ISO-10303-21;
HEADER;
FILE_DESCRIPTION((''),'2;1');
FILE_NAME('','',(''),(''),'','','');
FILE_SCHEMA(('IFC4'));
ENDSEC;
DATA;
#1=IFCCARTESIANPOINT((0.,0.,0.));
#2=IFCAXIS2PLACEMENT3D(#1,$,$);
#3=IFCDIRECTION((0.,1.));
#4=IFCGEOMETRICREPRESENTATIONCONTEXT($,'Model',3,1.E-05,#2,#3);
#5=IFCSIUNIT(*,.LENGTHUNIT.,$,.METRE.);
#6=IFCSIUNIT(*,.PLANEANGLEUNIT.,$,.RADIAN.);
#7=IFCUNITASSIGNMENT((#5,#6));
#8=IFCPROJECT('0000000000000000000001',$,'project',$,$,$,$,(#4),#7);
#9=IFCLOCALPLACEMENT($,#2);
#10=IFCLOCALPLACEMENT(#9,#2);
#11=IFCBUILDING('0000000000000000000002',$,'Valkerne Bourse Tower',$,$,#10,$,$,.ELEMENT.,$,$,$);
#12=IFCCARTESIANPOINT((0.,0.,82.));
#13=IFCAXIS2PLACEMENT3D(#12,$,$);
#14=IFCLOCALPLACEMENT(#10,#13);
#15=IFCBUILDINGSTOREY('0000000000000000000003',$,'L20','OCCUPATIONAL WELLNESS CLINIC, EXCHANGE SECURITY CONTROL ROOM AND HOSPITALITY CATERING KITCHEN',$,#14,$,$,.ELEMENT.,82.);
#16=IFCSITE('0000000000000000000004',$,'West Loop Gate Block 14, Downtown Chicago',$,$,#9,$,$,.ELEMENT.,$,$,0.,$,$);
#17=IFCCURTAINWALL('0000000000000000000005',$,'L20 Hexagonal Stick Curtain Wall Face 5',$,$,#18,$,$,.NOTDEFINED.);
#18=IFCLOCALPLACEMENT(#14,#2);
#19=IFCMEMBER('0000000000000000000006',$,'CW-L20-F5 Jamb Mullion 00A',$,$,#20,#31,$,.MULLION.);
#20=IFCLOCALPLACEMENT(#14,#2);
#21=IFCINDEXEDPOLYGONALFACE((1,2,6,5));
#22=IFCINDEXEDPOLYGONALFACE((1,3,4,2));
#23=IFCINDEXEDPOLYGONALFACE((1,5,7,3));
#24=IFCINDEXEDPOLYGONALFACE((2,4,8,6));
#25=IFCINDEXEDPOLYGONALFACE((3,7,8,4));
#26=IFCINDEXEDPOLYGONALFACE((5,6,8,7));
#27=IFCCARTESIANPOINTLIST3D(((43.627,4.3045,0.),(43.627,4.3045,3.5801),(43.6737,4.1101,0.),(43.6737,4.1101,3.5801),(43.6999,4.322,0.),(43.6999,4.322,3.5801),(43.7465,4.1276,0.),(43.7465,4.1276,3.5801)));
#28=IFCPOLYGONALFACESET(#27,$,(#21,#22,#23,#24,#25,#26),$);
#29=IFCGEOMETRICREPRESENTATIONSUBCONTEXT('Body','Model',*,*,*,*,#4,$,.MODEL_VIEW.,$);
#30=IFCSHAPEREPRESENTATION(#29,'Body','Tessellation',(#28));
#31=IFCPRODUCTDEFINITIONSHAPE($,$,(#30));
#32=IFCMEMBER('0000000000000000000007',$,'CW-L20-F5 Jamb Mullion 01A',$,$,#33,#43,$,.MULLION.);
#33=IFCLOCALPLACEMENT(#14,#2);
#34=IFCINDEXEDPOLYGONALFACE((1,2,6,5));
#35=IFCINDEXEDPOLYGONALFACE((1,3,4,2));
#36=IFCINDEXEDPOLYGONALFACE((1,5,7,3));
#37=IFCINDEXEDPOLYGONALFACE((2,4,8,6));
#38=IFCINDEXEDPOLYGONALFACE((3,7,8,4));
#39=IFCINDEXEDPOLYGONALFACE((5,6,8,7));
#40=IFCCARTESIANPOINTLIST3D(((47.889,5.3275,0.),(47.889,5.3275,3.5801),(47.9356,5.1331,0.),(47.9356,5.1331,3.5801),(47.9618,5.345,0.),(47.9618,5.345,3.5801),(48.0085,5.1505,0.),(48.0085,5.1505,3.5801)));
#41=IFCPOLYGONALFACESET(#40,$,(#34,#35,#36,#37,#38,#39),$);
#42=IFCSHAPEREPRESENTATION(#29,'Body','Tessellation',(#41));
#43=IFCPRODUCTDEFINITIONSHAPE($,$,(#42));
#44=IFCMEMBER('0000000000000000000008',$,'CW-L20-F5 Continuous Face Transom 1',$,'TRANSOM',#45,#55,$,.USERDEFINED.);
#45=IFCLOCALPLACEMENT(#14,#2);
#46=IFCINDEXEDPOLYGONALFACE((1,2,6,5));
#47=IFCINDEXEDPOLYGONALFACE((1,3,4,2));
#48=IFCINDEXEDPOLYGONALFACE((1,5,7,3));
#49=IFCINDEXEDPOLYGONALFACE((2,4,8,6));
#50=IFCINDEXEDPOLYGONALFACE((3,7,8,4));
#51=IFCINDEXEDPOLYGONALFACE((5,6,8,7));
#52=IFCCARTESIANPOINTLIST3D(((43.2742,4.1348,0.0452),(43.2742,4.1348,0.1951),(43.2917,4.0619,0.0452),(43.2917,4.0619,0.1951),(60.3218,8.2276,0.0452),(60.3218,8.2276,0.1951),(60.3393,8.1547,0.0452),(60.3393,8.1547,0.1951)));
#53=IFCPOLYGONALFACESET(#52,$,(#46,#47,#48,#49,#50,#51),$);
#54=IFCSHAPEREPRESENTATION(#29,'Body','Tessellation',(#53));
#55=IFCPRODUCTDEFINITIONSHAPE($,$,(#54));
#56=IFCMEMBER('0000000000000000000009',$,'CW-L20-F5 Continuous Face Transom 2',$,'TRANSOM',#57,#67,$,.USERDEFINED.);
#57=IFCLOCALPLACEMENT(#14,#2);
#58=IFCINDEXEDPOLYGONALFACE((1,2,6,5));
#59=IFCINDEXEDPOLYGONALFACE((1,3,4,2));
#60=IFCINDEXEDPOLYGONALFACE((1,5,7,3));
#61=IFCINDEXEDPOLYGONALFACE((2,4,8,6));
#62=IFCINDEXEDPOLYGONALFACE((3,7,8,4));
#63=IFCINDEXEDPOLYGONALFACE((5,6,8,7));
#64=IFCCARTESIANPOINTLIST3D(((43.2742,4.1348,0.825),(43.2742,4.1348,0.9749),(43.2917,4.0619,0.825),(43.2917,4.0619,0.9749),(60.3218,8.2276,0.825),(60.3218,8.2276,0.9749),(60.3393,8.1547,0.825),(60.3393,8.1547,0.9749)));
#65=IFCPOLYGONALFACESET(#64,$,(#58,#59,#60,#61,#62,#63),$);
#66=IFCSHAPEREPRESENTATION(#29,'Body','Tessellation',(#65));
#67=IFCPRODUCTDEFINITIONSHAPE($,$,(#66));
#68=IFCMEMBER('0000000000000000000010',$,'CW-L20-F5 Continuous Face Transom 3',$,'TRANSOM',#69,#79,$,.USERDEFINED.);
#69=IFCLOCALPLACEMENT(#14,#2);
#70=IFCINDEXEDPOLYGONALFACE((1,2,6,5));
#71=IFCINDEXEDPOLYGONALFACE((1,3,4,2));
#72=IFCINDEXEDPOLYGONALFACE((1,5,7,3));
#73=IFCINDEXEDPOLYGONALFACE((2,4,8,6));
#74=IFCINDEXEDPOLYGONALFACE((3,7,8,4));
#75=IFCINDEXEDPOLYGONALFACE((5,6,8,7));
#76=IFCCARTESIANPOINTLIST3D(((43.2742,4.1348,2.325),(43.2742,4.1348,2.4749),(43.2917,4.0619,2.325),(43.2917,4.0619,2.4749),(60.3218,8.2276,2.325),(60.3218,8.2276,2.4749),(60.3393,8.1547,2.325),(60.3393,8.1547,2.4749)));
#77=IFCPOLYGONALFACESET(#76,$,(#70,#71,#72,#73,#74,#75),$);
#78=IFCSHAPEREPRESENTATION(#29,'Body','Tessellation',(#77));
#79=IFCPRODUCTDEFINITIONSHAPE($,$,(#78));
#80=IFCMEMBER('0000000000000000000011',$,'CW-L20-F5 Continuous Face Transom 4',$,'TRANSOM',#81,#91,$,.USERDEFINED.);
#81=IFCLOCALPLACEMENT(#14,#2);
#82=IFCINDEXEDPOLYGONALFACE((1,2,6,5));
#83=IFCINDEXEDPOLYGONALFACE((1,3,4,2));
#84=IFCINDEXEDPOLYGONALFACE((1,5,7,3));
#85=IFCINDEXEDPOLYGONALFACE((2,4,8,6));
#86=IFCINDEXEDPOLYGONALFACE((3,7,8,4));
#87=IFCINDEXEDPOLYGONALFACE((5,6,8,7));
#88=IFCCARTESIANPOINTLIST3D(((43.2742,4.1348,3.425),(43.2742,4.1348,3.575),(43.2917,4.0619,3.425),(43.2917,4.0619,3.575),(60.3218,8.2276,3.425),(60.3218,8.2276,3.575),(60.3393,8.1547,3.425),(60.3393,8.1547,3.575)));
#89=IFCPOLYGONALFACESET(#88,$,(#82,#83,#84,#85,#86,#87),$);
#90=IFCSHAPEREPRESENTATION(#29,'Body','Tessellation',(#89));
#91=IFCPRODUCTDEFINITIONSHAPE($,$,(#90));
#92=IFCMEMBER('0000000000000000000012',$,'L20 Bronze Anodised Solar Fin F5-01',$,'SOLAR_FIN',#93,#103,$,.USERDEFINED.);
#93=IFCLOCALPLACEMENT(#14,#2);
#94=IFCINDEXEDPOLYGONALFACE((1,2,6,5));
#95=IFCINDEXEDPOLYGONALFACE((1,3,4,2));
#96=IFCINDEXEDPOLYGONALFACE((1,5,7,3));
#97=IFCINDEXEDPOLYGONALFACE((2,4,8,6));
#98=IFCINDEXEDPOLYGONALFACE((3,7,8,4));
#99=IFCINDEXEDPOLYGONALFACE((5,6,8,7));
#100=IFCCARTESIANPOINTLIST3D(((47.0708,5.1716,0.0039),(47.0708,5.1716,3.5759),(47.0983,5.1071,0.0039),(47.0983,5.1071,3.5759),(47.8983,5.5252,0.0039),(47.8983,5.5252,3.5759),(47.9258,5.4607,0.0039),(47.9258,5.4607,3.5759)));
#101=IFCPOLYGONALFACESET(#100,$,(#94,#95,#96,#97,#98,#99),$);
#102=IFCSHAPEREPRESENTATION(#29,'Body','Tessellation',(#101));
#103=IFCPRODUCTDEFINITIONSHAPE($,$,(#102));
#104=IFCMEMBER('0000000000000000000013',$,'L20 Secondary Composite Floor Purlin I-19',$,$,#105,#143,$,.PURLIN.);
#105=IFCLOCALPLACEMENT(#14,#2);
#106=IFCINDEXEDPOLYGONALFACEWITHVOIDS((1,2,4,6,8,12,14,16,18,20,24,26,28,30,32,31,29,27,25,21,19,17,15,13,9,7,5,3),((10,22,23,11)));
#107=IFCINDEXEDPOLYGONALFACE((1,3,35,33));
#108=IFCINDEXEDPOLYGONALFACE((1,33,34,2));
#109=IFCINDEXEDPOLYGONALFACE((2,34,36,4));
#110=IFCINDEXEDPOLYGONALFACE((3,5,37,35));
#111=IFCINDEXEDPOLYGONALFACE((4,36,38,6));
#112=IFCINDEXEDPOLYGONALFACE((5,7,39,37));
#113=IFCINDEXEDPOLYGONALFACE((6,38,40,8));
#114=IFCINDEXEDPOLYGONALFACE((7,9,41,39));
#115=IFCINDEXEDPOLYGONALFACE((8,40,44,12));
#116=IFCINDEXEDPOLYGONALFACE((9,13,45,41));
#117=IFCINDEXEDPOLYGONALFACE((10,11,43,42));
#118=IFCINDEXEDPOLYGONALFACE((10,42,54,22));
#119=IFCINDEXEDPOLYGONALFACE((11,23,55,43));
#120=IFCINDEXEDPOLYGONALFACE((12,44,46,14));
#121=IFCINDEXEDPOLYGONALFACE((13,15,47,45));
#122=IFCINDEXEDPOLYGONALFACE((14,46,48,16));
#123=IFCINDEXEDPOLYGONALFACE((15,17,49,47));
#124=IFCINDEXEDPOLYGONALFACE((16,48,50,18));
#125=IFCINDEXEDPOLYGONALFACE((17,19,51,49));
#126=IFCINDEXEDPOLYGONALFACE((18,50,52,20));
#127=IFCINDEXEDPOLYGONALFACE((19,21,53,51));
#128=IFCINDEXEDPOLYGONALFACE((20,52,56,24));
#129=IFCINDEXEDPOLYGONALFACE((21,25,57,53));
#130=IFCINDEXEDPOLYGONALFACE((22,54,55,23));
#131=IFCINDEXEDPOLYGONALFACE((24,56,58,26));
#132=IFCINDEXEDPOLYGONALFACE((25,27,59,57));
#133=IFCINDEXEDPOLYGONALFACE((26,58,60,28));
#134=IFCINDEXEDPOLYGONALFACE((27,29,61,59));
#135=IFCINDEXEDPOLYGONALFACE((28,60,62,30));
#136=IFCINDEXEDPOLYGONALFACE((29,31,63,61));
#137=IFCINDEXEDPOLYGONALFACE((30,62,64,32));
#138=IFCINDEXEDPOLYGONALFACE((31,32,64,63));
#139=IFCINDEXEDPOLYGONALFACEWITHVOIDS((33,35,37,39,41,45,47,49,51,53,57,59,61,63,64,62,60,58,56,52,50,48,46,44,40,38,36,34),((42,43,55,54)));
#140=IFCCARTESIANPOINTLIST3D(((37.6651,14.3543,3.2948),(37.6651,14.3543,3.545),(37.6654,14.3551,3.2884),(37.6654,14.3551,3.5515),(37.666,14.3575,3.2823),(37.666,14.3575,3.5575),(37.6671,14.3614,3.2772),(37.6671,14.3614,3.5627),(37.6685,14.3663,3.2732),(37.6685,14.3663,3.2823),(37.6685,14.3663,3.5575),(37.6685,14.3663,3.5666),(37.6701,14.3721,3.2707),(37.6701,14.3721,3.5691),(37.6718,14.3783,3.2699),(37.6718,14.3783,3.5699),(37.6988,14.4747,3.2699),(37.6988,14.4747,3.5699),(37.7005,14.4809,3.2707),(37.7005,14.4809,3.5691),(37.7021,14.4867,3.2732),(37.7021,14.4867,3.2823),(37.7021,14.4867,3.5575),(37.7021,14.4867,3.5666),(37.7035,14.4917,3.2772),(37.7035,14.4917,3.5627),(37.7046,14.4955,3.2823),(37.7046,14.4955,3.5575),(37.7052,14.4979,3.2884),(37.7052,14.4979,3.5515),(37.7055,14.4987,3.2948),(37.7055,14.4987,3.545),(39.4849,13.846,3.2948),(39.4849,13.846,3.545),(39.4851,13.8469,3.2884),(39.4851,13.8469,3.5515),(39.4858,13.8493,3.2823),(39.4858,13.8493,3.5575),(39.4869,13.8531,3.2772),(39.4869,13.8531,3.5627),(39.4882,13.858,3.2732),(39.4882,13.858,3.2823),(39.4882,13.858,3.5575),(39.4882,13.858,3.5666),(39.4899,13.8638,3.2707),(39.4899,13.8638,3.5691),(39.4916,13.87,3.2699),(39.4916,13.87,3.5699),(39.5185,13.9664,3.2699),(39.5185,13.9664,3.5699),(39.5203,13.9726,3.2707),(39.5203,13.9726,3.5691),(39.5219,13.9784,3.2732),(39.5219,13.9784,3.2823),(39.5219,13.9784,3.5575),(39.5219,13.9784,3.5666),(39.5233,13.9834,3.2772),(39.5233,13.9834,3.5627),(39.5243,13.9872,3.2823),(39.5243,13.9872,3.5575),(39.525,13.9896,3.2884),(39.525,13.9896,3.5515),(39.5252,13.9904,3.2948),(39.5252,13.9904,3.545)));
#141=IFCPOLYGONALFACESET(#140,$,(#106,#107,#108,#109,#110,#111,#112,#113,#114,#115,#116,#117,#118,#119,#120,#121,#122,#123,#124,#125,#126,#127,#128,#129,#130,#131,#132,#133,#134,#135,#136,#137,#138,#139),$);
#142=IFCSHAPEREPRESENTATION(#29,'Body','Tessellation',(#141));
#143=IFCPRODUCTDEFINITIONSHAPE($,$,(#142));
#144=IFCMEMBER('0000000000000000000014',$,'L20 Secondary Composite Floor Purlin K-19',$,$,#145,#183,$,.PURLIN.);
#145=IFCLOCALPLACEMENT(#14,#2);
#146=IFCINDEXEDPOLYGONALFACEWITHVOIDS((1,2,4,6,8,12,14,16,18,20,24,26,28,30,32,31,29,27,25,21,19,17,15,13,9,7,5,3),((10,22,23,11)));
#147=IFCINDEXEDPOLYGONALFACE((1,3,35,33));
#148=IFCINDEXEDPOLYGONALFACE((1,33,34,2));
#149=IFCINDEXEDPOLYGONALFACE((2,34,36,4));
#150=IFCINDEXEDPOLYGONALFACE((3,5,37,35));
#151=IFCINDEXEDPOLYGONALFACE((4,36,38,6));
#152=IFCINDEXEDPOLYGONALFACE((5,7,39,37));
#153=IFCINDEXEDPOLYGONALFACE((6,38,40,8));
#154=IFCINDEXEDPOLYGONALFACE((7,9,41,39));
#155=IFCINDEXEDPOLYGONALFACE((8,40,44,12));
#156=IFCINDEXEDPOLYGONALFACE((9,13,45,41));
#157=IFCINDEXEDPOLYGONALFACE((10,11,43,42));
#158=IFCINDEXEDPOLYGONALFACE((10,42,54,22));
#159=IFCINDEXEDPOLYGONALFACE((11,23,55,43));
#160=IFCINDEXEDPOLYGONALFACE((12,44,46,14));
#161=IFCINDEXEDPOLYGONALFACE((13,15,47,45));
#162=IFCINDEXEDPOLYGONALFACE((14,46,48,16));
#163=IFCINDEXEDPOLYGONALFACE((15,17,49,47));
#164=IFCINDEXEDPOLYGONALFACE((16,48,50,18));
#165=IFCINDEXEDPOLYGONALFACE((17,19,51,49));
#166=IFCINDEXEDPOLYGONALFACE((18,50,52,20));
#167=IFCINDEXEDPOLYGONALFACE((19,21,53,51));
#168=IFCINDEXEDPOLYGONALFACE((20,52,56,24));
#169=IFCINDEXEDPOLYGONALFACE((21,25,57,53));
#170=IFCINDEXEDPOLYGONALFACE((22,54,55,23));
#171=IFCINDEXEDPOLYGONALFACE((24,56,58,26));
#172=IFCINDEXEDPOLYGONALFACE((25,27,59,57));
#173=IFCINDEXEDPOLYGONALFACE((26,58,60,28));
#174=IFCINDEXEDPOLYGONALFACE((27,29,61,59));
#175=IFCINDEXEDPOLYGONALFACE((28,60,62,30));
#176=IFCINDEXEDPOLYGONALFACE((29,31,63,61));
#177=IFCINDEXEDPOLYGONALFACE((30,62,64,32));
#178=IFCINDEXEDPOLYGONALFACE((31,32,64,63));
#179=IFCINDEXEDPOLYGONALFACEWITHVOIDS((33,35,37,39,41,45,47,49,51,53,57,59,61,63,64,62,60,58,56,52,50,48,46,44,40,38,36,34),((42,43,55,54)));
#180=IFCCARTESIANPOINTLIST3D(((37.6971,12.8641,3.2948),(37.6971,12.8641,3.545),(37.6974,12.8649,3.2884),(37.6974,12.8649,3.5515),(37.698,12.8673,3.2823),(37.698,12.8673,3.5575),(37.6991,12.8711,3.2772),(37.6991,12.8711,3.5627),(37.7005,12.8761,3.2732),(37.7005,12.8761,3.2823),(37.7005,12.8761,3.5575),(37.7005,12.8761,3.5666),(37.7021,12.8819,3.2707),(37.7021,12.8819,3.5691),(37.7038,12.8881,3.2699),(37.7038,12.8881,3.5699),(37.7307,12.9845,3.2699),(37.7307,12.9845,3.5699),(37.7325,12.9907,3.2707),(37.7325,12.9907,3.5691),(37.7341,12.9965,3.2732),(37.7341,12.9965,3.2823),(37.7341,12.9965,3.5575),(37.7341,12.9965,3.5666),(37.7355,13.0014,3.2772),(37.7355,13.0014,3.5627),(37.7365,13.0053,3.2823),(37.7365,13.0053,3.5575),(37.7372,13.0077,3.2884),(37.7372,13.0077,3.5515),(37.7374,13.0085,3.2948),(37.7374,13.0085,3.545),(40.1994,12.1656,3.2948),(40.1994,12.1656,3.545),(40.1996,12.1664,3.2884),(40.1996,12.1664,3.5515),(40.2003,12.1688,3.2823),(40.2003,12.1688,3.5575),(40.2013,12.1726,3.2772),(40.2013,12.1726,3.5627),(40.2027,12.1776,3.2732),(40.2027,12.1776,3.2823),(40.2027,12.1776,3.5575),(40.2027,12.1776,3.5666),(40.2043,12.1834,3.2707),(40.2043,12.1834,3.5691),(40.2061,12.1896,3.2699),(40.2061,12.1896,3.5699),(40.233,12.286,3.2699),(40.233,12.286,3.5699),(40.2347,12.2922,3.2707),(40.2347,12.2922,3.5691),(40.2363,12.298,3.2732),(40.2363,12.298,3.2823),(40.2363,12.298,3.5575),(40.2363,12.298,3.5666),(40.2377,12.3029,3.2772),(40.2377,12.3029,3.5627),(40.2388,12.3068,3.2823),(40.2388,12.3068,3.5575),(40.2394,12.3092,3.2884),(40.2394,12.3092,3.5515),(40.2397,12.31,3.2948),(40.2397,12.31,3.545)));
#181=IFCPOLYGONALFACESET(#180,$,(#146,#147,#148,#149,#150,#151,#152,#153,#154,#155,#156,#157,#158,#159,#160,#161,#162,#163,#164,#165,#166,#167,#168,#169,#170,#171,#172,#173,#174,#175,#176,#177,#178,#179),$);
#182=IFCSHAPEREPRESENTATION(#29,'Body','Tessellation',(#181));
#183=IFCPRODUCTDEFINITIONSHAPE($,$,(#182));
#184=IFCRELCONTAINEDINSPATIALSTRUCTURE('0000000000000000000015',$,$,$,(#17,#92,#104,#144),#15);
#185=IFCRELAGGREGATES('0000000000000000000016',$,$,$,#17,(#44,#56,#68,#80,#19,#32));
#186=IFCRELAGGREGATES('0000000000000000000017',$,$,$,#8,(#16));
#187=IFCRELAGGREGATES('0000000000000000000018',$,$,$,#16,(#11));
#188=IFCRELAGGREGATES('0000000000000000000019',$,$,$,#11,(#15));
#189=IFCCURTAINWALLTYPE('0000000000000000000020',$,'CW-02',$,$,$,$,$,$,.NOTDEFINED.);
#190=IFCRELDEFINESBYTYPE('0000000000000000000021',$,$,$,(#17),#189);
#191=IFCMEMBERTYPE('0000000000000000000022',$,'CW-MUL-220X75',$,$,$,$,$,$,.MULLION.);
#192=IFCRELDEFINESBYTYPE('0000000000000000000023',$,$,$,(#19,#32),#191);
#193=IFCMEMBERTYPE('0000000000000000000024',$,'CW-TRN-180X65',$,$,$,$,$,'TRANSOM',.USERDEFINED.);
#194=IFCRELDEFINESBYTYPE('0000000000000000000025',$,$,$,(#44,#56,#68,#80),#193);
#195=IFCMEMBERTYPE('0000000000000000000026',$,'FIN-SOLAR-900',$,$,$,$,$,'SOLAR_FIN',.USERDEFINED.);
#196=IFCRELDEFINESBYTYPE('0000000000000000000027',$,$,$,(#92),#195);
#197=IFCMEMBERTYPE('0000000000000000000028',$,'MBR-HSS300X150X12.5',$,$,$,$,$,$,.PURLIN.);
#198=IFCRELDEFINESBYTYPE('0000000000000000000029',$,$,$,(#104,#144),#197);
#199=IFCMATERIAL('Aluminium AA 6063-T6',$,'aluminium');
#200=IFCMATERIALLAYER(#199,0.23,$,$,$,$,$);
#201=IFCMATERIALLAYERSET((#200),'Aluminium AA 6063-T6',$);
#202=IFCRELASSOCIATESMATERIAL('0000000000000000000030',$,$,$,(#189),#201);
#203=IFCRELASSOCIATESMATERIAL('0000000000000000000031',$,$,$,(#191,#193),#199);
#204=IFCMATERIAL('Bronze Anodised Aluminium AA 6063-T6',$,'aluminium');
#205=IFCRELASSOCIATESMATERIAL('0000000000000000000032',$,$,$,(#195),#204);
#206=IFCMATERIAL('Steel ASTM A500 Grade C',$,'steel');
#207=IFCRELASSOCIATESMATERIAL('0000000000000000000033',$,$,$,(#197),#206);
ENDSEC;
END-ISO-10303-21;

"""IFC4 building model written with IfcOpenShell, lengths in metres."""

from ifc_helpers import new_model, si_unit, direction, frame, origin, origin_2d, place, context, subcontext, project, spatial, rectangle, hollow_rectangle, extrude, material, layer, layer_set, material_profile, profile_set, type_object, element, aggregate, save


model = new_model("IFC4")

# Units and contexts
model_context = context("Model", 3, precision=1e-05, world=origin(), true_north=direction((0.0, 1.0)))
body_context = subcontext(model_context, "Body", "Model", "MODEL_VIEW")
ifc_project = project(units=[si_unit("LENGTHUNIT", "METRE"), si_unit("PLANEANGLEUNIT", "RADIAN")], contexts=[model_context])

# Site, building, storey
site_placement = place(None, origin())
site = spatial("IfcSite", under=ifc_project, at=site_placement, Name="West Loop Gate Block 14, Downtown Chicago", CompositionType="ELEMENT", RefElevation=0.0)
building_placement = place(site_placement, origin())
building = spatial("IfcBuilding", under=site, at=building_placement, Name="Valkerne Bourse Tower", CompositionType="ELEMENT")
storey_placement = place(building_placement, frame((0.0, 0.0, 82.0)))
storey = spatial("IfcBuildingStorey", under=building, at=storey_placement, Name="L20", Description="OCCUPATIONAL WELLNESS CLINIC, EXCHANGE SECURITY CONTROL ROOM AND HOSPITALITY CATERING KITCHEN", CompositionType="ELEMENT", Elevation=82.0)

# Curtain wall, members
ifc_material_1 = material(Name="Aluminium AA 6063-T6", Category="aluminium")
ifc_layer_1 = layer(ifc_material_1, 0.23)
ifc_layer_set_1 = layer_set([ifc_layer_1], Name="Aluminium AA 6063-T6")
curtain_wall_type = type_object("IfcCurtainWallType", Name="CW-02", PredefinedType="NOTDEFINED", material=ifc_layer_set_1)
curtain_wall_placement = place(storey_placement, origin())
curtain_wall = element("IfcCurtainWall", 1, at=curtain_wall_placement, inside=storey, type_object=curtain_wall_type, Name="L20 Hexagonal Stick Curtain Wall Face 5", PredefinedType="NOTDEFINED")
ifc_material_profile_1 = material_profile(ifc_material_1, rectangle(XDim=0.075, YDim=0.2, at=origin_2d()), Name="CWM-75X200")
ifc_profile_set_1 = profile_set([ifc_material_profile_1], Name="Aluminium AA 6063-T6")
member_type_1 = type_object("IfcMemberType", Name="CW-MUL-220X75", PredefinedType="MULLION", material=ifc_profile_set_1)
member_1_placement = place(storey_placement, frame((43.6868, 4.2161, 0.0), z_axis=(0.0, 0.0, 1.0), x_axis=(0.972375, 0.233426, 0.0)))
member_1 = element("IfcMember", 2, at=member_1_placement, type_object=member_type_1, Name="CW-L20-F5 Jamb Mullion 00A", PredefinedType="MULLION", context=body_context, shape_type="SweptSolid", body=[
    extrude(rectangle(XDim=0.075, YDim=0.2, at=origin_2d()), origin(), (0.0, 0.0, 1.0), 3.5801),
])
member_2_placement = place(storey_placement, frame((47.9487, 5.239, 0.0), z_axis=(0.0, 0.0, 1.0), x_axis=(0.972369, 0.233447, 0.0)))
member_2 = element("IfcMember", 3, at=member_2_placement, type_object=member_type_1, Name="CW-L20-F5 Jamb Mullion 01A", PredefinedType="MULLION", context=body_context, shape_type="SweptSolid", body=[
    extrude(rectangle(XDim=0.075, YDim=0.2, at=origin_2d()), origin(), (0.0, 0.0, 1.0), 3.5801),
])
ifc_material_profile_2 = material_profile(ifc_material_1, rectangle(XDim=0.075, YDim=0.1499, at=origin_2d()), Name="CWT-75X150")
ifc_profile_set_2 = profile_set([ifc_material_profile_2], Name="Aluminium AA 6063-T6")
member_type_2 = type_object("IfcMemberType", Name="CW-TRN-180X65", ElementType="TRANSOM", PredefinedType="USERDEFINED", material=ifc_profile_set_2)
member_3_placement = place(storey_placement, frame((43.283, 4.0984, 0.1201), z_axis=(0.97237, 0.233446, 0.0), x_axis=(-0.233446, 0.97237, 0.0)))
member_3 = element("IfcMember", 4, at=member_3_placement, type_object=member_type_2, Name="CW-L20-F5 Continuous Face Transom 1", ObjectType="TRANSOM", PredefinedType="USERDEFINED", context=body_context, shape_type="SweptSolid", body=[
    extrude(rectangle(XDim=0.075, YDim=0.1499, at=origin_2d()), origin(), (0.0, 0.0, 1.0), 17.532),
])
member_4_placement = place(storey_placement, frame((43.283, 4.0984, 0.8999), z_axis=(0.97237, 0.233446, 0.0), x_axis=(-0.233446, 0.97237, 0.0)))
member_4 = element("IfcMember", 5, at=member_4_placement, type_object=member_type_2, Name="CW-L20-F5 Continuous Face Transom 2", ObjectType="TRANSOM", PredefinedType="USERDEFINED", context=body_context, shape_type="SweptSolid", body=[
    extrude(rectangle(XDim=0.075, YDim=0.1499, at=origin_2d()), origin(), (0.0, 0.0, 1.0), 17.532),
])
member_5_placement = place(storey_placement, frame((43.283, 4.0984, 2.3999), z_axis=(0.97237, 0.233446, 0.0), x_axis=(-0.233446, 0.97237, 0.0)))
member_5 = element("IfcMember", 6, at=member_5_placement, type_object=member_type_2, Name="CW-L20-F5 Continuous Face Transom 3", ObjectType="TRANSOM", PredefinedType="USERDEFINED", context=body_context, shape_type="SweptSolid", body=[
    extrude(rectangle(XDim=0.075, YDim=0.1499, at=origin_2d()), origin(), (0.0, 0.0, 1.0), 17.532),
])
member_6_placement = place(storey_placement, frame((43.283, 4.0984, 3.5), z_axis=(0.97237, 0.233446, 0.0), x_axis=(-0.233446, 0.97237, 0.0)))
member_6 = element("IfcMember", 7, at=member_6_placement, type_object=member_type_2, Name="CW-L20-F5 Continuous Face Transom 4", ObjectType="TRANSOM", PredefinedType="USERDEFINED", context=body_context, shape_type="SweptSolid", body=[
    extrude(rectangle(XDim=0.075, YDim=0.1499, at=origin_2d()), origin(), (0.0, 0.0, 1.0), 17.532),
])

# Members
ifc_material_2 = material(Name="Bronze Anodised Aluminium AA 6063-T6", Category="aluminium")
ifc_material_profile_3 = material_profile(ifc_material_2, rectangle(XDim=0.0701, YDim=0.8999, at=origin_2d()), Name="FIN-70X900")
ifc_profile_set_3 = profile_set([ifc_material_profile_3], Name="Bronze Anodised Aluminium AA 6063-T6")
member_type_3 = type_object("IfcMemberType", Name="FIN-SOLAR-900", ElementType="SOLAR_FIN", PredefinedType="USERDEFINED", material=ifc_profile_set_3)
member_7_placement = place(storey_placement, frame((47.4983, 5.3162, 0.0039), z_axis=(0.0, 0.0, 1.0), x_axis=(0.392932, -0.919567, 0.0)))
element("IfcMember", 8, at=member_7_placement, inside=storey, type_object=member_type_3, Name="L20 Bronze Anodised Solar Fin F5-01", ObjectType="SOLAR_FIN", PredefinedType="USERDEFINED", context=body_context, shape_type="SweptSolid", body=[
    extrude(rectangle(XDim=0.0701, YDim=0.8999, at=origin_2d()), origin(), (0.0, 0.0, 1.0), 3.572),
])
ifc_material_3 = material(Name="Steel ASTM A500 Grade C", Category="steel")
ifc_material_profile_4 = material_profile(ifc_material_3, hollow_rectangle(XDim=0.1499, YDim=0.3, WallThickness=0.0125, OuterFilletRadius=0.0249, at=origin_2d()), Name="HSS300X150X12.5")
ifc_profile_set_4 = profile_set([ifc_material_profile_4], Name="Steel ASTM A500 Grade C")
member_type_4 = type_object("IfcMemberType", Name="MBR-HSS300X150X12.5", PredefinedType="PURLIN", material=ifc_profile_set_4)
member_8_placement = place(storey_placement, frame((37.6853, 14.4265, 3.4199), z_axis=(0.963136, -0.269016, 0.0), x_axis=(0.269016, 0.963136, 0.0)))
element("IfcMember", 9, at=member_8_placement, inside=storey, type_object=member_type_4, Name="L20 Secondary Composite Floor Purlin I-19", PredefinedType="PURLIN", context=body_context, shape_type="SweptSolid", body=[
    extrude(hollow_rectangle(XDim=0.1499, YDim=0.3, WallThickness=0.0125, OuterFilletRadius=0.0249, at=origin_2d()), origin(), (0.0, 0.0, 1.0), 1.8894),
])
member_9_placement = place(storey_placement, frame((37.7173, 12.9363, 3.4199), z_axis=(0.963176, -0.26887, 0.0), x_axis=(0.26887, 0.963176, 0.0)))
element("IfcMember", 10, at=member_9_placement, inside=storey, type_object=member_type_4, Name="L20 Secondary Composite Floor Purlin K-19", PredefinedType="PURLIN", context=body_context, shape_type="SweptSolid", body=[
    extrude(hollow_rectangle(XDim=0.1499, YDim=0.3, WallThickness=0.0125, OuterFilletRadius=0.0249, at=origin_2d()), origin(), (0.0, 0.0, 1.0), 2.5979),
])

aggregate(curtain_wall, [member_3, member_4, member_5, member_6, member_1, member_2])

save(model, "model.ifc")
